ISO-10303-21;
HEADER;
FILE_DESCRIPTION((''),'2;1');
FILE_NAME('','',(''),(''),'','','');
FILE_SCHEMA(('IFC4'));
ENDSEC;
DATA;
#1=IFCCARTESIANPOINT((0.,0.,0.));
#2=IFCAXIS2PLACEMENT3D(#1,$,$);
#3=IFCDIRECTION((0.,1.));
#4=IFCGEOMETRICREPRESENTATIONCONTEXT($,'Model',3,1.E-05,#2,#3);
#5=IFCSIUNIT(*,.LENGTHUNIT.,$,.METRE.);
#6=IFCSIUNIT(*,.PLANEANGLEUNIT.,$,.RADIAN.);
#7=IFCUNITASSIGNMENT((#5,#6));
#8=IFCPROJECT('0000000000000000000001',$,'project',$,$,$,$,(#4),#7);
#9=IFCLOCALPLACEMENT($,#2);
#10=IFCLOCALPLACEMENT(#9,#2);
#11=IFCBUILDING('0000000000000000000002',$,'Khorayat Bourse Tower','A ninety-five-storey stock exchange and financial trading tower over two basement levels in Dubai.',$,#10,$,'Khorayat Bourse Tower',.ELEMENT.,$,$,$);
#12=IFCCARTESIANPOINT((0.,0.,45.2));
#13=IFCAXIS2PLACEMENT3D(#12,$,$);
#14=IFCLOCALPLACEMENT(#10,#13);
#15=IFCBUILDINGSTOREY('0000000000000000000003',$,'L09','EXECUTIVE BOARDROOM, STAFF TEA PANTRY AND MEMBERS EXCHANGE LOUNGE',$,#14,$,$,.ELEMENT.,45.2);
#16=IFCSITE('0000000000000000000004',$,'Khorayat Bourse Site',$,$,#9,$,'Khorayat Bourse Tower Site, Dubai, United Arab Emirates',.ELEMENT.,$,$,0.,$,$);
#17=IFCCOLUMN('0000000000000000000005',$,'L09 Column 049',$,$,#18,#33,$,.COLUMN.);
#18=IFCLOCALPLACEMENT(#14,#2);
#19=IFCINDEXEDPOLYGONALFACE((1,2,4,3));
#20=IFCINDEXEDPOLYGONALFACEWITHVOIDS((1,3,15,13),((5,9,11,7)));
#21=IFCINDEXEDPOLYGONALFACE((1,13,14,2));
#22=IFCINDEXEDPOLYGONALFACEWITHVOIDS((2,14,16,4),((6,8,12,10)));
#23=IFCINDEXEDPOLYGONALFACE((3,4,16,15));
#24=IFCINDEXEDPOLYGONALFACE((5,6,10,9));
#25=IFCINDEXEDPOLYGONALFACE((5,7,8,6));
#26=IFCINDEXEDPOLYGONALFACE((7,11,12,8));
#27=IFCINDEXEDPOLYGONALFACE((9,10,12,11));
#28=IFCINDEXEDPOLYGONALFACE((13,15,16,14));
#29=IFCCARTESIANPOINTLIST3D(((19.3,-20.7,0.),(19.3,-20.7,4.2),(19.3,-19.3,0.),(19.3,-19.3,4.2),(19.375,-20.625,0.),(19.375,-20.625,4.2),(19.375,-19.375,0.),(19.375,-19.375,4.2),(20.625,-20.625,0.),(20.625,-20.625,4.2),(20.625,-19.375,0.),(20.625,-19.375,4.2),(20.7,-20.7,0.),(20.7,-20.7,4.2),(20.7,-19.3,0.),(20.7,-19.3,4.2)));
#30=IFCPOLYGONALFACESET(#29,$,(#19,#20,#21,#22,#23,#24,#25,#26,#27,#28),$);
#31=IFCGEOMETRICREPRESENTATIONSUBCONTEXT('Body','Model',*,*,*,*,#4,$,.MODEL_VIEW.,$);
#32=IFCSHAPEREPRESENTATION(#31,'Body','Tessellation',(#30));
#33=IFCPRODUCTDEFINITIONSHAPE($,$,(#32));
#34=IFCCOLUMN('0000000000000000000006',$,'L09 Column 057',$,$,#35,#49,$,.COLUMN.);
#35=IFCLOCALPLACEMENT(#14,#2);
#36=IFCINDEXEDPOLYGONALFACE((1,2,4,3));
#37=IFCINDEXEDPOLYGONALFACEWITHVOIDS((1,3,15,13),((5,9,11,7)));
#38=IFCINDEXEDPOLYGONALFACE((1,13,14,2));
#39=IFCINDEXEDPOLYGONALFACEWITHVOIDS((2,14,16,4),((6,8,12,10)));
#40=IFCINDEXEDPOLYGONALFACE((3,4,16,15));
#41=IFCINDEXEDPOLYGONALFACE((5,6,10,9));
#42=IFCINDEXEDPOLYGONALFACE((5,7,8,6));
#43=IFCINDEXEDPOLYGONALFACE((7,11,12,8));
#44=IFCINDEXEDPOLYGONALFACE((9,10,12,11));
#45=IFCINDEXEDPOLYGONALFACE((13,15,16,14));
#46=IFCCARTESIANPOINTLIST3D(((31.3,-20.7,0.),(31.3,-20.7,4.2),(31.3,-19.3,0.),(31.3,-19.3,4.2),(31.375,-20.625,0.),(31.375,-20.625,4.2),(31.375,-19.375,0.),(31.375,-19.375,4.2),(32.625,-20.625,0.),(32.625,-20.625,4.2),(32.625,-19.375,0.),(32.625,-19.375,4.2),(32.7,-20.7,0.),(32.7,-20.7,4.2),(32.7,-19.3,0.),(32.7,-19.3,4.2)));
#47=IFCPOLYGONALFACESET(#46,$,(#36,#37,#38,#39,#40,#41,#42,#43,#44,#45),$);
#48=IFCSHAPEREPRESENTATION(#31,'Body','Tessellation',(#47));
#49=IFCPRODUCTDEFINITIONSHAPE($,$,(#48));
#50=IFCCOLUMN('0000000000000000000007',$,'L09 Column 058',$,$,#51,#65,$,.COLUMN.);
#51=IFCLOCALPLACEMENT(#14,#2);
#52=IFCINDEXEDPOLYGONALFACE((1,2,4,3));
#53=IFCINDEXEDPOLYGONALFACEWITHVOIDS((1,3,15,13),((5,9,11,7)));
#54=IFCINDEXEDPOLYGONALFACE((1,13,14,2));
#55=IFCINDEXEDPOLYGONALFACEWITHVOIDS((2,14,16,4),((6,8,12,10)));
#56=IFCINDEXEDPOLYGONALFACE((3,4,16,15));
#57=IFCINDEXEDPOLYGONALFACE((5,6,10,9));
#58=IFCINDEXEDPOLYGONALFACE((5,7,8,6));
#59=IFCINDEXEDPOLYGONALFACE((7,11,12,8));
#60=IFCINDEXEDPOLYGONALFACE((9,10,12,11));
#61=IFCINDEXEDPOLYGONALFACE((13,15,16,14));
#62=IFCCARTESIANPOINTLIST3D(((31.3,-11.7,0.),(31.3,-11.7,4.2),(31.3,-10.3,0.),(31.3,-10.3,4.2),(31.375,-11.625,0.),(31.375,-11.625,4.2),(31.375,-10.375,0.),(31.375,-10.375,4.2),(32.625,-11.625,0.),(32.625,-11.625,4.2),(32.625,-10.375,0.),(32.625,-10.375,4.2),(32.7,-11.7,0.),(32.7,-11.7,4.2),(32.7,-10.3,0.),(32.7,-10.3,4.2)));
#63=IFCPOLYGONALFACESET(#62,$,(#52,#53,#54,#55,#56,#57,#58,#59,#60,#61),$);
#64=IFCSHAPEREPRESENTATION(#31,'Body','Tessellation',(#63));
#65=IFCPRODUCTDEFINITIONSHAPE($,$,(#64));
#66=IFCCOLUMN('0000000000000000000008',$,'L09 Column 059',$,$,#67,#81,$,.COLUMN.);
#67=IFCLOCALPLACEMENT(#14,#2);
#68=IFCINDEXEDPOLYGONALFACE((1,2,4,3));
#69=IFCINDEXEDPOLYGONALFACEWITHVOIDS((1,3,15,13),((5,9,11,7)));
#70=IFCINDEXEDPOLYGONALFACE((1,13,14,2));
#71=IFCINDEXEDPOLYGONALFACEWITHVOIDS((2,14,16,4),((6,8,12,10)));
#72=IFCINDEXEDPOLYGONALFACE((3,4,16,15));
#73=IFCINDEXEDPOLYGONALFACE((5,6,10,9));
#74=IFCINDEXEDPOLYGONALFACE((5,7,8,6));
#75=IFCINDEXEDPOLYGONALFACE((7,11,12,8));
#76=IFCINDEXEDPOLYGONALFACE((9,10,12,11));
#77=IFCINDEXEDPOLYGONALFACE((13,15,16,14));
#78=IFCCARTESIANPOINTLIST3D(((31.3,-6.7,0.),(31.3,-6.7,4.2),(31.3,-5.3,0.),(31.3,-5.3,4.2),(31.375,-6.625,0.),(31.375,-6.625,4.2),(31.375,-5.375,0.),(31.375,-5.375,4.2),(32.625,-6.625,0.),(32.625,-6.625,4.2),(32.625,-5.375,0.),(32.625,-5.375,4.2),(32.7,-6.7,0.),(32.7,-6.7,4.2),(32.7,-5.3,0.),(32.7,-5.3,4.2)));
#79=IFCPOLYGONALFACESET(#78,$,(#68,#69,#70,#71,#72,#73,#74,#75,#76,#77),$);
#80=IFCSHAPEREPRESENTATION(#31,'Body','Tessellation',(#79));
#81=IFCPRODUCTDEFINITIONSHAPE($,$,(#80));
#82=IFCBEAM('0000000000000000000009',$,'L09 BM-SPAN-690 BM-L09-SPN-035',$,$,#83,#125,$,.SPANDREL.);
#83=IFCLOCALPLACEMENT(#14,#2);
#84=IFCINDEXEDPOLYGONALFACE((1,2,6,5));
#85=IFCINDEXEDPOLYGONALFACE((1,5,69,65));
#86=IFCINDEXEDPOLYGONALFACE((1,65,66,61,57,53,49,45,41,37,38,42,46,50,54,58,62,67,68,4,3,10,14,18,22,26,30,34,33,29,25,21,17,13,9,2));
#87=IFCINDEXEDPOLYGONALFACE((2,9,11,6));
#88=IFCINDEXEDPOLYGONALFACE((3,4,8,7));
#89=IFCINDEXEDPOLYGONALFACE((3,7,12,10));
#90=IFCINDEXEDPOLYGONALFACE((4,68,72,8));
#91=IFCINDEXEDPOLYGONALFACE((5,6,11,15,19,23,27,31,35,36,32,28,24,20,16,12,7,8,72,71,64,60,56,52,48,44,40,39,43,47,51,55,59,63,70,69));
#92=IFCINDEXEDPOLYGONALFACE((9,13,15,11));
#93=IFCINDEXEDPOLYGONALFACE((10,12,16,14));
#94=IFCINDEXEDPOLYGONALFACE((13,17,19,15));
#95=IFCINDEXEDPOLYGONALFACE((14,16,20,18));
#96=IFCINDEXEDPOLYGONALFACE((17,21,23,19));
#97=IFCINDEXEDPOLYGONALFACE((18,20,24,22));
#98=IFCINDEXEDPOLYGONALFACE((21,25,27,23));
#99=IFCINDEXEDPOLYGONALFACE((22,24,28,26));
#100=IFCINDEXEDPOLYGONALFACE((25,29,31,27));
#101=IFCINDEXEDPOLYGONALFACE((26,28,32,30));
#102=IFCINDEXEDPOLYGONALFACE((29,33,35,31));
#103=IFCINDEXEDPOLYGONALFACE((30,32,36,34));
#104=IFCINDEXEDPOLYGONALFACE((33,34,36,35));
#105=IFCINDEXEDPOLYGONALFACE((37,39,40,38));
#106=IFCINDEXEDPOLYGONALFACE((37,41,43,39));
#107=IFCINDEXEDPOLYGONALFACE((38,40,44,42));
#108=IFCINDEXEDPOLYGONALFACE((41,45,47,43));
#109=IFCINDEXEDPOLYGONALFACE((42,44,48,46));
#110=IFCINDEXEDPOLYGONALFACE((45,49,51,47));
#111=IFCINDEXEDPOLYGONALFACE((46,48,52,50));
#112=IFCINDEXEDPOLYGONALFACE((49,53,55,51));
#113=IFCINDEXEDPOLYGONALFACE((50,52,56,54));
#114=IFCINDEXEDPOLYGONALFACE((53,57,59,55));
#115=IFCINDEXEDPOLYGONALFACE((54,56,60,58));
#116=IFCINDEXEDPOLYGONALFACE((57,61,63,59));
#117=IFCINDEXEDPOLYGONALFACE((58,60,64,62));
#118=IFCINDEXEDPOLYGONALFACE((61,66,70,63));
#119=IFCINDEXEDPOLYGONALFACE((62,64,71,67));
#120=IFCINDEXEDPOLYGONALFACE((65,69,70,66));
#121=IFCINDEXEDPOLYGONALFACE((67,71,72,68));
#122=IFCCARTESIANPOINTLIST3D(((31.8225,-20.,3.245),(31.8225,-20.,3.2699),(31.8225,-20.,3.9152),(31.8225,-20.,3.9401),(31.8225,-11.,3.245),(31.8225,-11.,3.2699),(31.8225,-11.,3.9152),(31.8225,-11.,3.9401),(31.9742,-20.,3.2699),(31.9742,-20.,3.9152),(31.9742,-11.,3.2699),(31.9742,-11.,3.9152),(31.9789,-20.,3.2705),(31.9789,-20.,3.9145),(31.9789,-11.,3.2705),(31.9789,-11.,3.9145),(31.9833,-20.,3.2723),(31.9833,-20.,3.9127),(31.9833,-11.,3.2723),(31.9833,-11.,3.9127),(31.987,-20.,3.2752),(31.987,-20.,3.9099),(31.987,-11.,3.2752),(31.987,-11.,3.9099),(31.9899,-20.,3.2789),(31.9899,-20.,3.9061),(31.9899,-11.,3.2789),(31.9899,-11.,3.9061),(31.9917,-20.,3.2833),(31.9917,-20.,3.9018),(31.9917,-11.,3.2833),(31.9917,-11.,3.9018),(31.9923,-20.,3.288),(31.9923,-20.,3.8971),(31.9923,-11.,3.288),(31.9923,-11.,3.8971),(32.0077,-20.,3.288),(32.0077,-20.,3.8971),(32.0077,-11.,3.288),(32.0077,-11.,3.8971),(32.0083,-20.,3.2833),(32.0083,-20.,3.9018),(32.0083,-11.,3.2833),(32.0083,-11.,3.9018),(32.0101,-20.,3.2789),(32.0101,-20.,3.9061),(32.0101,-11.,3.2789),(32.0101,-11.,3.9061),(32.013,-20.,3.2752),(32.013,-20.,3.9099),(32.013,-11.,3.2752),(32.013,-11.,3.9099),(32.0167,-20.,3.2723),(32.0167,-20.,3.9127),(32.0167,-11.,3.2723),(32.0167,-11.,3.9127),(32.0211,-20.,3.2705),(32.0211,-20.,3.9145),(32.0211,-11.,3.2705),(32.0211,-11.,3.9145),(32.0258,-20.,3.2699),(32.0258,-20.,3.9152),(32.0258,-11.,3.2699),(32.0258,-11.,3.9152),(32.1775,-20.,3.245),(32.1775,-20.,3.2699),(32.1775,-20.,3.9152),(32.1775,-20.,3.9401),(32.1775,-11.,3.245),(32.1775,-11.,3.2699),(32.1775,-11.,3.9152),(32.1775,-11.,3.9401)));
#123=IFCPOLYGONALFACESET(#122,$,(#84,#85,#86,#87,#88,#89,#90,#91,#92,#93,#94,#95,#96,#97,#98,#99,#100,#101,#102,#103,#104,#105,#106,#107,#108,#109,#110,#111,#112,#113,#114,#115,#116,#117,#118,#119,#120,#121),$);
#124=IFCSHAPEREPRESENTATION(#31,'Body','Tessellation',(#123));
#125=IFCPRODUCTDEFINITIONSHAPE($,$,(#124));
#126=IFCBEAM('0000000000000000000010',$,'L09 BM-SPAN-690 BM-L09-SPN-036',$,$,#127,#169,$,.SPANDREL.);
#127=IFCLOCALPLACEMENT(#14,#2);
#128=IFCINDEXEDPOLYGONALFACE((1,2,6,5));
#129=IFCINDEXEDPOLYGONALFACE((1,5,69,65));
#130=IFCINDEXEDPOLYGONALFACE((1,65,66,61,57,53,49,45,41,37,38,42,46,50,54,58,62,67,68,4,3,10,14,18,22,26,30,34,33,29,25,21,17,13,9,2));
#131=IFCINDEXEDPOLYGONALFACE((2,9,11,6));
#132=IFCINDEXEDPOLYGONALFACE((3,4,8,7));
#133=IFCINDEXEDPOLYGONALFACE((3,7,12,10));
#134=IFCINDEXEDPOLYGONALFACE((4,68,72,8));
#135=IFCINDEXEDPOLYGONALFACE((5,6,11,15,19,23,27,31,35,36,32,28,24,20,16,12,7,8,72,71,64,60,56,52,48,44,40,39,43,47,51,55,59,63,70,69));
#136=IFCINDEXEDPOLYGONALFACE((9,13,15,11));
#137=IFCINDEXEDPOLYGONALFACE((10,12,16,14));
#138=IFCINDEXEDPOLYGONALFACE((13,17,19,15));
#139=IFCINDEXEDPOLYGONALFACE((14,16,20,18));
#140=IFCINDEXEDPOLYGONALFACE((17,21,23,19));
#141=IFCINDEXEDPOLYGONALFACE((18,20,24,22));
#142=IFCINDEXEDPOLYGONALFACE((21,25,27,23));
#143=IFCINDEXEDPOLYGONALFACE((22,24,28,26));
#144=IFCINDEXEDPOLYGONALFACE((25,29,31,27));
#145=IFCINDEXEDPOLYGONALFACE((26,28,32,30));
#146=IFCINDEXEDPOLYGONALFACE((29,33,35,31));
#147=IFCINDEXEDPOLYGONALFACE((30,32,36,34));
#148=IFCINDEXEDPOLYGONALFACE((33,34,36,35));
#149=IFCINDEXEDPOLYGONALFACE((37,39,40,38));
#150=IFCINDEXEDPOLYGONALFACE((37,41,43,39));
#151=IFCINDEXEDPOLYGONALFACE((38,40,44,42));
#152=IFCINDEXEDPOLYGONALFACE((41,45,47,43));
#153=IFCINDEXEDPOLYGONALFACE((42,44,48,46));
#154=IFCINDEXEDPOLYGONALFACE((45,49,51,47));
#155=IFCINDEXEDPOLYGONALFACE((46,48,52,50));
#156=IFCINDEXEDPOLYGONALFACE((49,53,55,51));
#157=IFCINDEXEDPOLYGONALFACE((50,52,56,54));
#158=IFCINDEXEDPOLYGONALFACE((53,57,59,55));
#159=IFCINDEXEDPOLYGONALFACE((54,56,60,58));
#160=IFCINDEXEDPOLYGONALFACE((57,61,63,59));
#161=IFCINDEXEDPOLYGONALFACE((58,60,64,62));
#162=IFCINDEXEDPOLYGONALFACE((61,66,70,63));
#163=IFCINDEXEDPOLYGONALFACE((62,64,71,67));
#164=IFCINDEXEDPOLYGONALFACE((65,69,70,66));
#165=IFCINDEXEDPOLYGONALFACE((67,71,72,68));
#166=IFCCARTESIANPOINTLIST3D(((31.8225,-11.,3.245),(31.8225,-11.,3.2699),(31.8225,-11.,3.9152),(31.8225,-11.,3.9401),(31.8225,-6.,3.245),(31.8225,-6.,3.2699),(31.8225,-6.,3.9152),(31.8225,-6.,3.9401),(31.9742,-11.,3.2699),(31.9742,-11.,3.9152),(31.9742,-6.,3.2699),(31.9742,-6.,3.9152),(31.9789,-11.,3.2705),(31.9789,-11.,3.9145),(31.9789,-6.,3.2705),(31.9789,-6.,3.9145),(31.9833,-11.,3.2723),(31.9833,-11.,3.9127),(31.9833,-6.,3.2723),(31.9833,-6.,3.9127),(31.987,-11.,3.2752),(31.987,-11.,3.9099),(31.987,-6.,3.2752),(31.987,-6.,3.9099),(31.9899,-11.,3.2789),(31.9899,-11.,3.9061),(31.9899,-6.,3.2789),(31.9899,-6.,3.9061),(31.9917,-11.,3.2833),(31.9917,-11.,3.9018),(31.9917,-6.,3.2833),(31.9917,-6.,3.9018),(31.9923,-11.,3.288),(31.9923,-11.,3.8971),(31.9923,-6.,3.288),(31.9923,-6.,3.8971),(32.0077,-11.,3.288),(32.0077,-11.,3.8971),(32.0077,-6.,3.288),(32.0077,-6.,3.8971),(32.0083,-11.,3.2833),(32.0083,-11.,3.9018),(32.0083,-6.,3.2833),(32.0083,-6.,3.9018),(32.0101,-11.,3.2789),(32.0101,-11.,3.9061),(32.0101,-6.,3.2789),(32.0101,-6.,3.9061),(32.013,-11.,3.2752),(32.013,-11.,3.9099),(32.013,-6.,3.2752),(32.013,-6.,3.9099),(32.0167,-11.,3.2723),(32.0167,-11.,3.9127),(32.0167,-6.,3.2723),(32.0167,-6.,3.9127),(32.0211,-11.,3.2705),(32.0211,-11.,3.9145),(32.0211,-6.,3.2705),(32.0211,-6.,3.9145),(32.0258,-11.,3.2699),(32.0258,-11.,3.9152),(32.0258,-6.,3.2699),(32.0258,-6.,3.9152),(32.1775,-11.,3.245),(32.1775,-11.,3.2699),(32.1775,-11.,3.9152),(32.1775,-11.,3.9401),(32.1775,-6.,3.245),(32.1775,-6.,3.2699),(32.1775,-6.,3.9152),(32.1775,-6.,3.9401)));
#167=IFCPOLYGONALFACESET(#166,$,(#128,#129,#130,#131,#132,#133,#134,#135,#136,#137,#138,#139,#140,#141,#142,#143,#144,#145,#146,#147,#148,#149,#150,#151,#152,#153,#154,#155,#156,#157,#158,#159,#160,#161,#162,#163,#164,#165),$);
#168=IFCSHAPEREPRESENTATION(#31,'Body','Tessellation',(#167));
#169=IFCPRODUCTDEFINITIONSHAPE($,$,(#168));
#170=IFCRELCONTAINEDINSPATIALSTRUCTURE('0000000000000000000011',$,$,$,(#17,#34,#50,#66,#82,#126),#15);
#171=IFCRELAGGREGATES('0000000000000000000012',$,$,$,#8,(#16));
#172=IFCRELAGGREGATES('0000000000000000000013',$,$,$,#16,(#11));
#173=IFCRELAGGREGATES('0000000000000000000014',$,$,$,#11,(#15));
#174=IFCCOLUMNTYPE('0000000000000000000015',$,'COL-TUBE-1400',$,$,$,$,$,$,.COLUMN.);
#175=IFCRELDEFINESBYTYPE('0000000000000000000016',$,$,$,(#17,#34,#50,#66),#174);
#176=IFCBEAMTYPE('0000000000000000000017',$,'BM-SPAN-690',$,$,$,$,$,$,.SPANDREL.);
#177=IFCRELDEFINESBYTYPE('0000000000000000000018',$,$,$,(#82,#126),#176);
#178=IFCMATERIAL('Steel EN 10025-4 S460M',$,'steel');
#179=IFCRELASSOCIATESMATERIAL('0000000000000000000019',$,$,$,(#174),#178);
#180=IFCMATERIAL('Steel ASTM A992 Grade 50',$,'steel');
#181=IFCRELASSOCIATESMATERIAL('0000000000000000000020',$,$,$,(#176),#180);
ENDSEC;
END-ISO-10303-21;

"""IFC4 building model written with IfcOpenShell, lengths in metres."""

from ifc_helpers import new_model, si_unit, direction, frame, origin, origin_2d, place, context, subcontext, project, spatial, hollow_rectangle, i_section, extrude, source, transform, mapped, material, material_profile, profile_set, type_object, element, save


model = new_model("IFC4")

# Units and contexts
model_context = context("Model", 3, precision=1e-05, world=origin(), true_north=direction((0.0, 1.0)))
body_context = subcontext(model_context, "Body", "Model", "MODEL_VIEW")
ifc_project = project(units=[si_unit("LENGTHUNIT", "METRE"), si_unit("PLANEANGLEUNIT", "RADIAN")], contexts=[model_context])

# Site, building, storey
site_placement = place(None, origin())
site = spatial("IfcSite", under=ifc_project, at=site_placement, Name="Khorayat Bourse Site", LongName="Khorayat Bourse Tower Site, Dubai, United Arab Emirates", CompositionType="ELEMENT", RefElevation=0.0)
building_placement = place(site_placement, origin())
building = spatial("IfcBuilding", under=site, at=building_placement, Name="Khorayat Bourse Tower", Description="A ninety-five-storey stock exchange and financial trading tower over two basement levels in Dubai.", LongName="Khorayat Bourse Tower", CompositionType="ELEMENT")
storey_placement = place(building_placement, frame((0.0, 0.0, 45.2)))
storey = spatial("IfcBuildingStorey", under=building, at=storey_placement, Name="L09", Description="EXECUTIVE BOARDROOM, STAFF TEA PANTRY AND MEMBERS EXCHANGE LOUNGE", CompositionType="ELEMENT", Elevation=45.2)

# Columns
ifc_material_1 = material(Name="Steel EN 10025-4 S460M", Category="steel")
ifc_material_profile_1 = material_profile(ifc_material_1, hollow_rectangle(XDim=1.3999, YDim=1.3999, WallThickness=0.075, at=origin_2d()), Name="BOX 1400x1400x75")
ifc_profile_set_1 = profile_set([ifc_material_profile_1], Name="Steel EN 10025-4 S460M")
column_type = type_object("IfcColumnType", Name="COL-TUBE-1400", PredefinedType="COLUMN", material=ifc_profile_set_1)
shared_shape_1 = source(origin(), body_context, "Body", "SweptSolid", [
    extrude(hollow_rectangle(XDim=1.3999, YDim=1.3999, WallThickness=0.075, at=origin_2d()), origin(), (0.0, 0.0, 1.0), 4.2),
])
for number, where, z_axis, x_axis, name in (
    (1, (20.0, -20.0, 0.0), (0.0, 0.0, 1.0), (1.0, 0.0, 0.0), "L09 Column 049"),
    (2, (32.0, -20.0, 0.0), (0.0, 0.0, 1.0), (1.0, 0.0, 0.0), "L09 Column 057"),
    (3, (32.0, -11.0, 0.0), (0.0, 0.0, 1.0), (1.0, 0.0, 0.0), "L09 Column 058"),
    (4, (32.0, -6.0, 0.0), (0.0, 0.0, 1.0), (1.0, 0.0, 0.0), "L09 Column 059"),
):
    element("IfcColumn", number, at=place(storey_placement, frame(where, z_axis=z_axis, x_axis=x_axis)), inside=storey, type_object=column_type, Name=name, PredefinedType="COLUMN", context=body_context, shape_type="MappedRepresentation", body=[
        mapped(shared_shape_1, transform((0.0, 0.0, 0.0), scale=1.0)),
    ])

# Beams
ifc_material_2 = material(Name="Steel ASTM A992 Grade 50", Category="steel")
ifc_material_profile_2 = material_profile(ifc_material_2, i_section(OverallWidth=0.355, OverallDepth=0.6951, WebThickness=0.0154, FlangeThickness=0.0249, FilletRadius=0.0181, at=origin_2d()), Name="W690X217")
ifc_profile_set_2 = profile_set([ifc_material_profile_2], Name="Steel ASTM A992 Grade 50")
beam_type_1 = type_object("IfcBeamType", Name="BM-SPAN-690", PredefinedType="SPANDREL", material=ifc_profile_set_2)
shared_shape_2 = source(origin(), body_context, "Body", "SweptSolid", [
    extrude(i_section(OverallWidth=0.355, OverallDepth=0.6951, WebThickness=0.0154, FlangeThickness=0.0249, FilletRadius=0.0181, at=origin_2d()), origin(), (0.0, 0.0, 1.0), 9.0),
])
beam_1_placement = place(storey_placement, frame((32.0, -20.0, 3.5925), z_axis=(0.0, 1.0, 0.0), x_axis=(-1.0, 0.0, 0.0)))
element("IfcBeam", 5, at=beam_1_placement, inside=storey, type_object=beam_type_1, Name="L09 BM-SPAN-690 BM-L09-SPN-035", PredefinedType="SPANDREL", context=body_context, shape_type="MappedRepresentation", body=[
    mapped(shared_shape_2, transform((0.0, 0.0, 0.0), scale=1.0)),
])
shared_shape_3 = source(origin(), body_context, "Body", "SweptSolid", [
    extrude(i_section(OverallWidth=0.355, OverallDepth=0.6951, WebThickness=0.0154, FlangeThickness=0.0249, FilletRadius=0.0181, at=origin_2d()), origin(), (0.0, 0.0, 1.0), 5.0),
])
beam_2_placement = place(storey_placement, frame((32.0, -11.0, 3.5925), z_axis=(0.0, 1.0, 0.0), x_axis=(-1.0, 0.0, 0.0)))
element("IfcBeam", 6, at=beam_2_placement, inside=storey, type_object=beam_type_1, Name="L09 BM-SPAN-690 BM-L09-SPN-036", PredefinedType="SPANDREL", context=body_context, shape_type="MappedRepresentation", body=[
    mapped(shared_shape_3, transform((0.0, 0.0, 0.0), scale=1.0)),
])

save(model, "model.ifc")
